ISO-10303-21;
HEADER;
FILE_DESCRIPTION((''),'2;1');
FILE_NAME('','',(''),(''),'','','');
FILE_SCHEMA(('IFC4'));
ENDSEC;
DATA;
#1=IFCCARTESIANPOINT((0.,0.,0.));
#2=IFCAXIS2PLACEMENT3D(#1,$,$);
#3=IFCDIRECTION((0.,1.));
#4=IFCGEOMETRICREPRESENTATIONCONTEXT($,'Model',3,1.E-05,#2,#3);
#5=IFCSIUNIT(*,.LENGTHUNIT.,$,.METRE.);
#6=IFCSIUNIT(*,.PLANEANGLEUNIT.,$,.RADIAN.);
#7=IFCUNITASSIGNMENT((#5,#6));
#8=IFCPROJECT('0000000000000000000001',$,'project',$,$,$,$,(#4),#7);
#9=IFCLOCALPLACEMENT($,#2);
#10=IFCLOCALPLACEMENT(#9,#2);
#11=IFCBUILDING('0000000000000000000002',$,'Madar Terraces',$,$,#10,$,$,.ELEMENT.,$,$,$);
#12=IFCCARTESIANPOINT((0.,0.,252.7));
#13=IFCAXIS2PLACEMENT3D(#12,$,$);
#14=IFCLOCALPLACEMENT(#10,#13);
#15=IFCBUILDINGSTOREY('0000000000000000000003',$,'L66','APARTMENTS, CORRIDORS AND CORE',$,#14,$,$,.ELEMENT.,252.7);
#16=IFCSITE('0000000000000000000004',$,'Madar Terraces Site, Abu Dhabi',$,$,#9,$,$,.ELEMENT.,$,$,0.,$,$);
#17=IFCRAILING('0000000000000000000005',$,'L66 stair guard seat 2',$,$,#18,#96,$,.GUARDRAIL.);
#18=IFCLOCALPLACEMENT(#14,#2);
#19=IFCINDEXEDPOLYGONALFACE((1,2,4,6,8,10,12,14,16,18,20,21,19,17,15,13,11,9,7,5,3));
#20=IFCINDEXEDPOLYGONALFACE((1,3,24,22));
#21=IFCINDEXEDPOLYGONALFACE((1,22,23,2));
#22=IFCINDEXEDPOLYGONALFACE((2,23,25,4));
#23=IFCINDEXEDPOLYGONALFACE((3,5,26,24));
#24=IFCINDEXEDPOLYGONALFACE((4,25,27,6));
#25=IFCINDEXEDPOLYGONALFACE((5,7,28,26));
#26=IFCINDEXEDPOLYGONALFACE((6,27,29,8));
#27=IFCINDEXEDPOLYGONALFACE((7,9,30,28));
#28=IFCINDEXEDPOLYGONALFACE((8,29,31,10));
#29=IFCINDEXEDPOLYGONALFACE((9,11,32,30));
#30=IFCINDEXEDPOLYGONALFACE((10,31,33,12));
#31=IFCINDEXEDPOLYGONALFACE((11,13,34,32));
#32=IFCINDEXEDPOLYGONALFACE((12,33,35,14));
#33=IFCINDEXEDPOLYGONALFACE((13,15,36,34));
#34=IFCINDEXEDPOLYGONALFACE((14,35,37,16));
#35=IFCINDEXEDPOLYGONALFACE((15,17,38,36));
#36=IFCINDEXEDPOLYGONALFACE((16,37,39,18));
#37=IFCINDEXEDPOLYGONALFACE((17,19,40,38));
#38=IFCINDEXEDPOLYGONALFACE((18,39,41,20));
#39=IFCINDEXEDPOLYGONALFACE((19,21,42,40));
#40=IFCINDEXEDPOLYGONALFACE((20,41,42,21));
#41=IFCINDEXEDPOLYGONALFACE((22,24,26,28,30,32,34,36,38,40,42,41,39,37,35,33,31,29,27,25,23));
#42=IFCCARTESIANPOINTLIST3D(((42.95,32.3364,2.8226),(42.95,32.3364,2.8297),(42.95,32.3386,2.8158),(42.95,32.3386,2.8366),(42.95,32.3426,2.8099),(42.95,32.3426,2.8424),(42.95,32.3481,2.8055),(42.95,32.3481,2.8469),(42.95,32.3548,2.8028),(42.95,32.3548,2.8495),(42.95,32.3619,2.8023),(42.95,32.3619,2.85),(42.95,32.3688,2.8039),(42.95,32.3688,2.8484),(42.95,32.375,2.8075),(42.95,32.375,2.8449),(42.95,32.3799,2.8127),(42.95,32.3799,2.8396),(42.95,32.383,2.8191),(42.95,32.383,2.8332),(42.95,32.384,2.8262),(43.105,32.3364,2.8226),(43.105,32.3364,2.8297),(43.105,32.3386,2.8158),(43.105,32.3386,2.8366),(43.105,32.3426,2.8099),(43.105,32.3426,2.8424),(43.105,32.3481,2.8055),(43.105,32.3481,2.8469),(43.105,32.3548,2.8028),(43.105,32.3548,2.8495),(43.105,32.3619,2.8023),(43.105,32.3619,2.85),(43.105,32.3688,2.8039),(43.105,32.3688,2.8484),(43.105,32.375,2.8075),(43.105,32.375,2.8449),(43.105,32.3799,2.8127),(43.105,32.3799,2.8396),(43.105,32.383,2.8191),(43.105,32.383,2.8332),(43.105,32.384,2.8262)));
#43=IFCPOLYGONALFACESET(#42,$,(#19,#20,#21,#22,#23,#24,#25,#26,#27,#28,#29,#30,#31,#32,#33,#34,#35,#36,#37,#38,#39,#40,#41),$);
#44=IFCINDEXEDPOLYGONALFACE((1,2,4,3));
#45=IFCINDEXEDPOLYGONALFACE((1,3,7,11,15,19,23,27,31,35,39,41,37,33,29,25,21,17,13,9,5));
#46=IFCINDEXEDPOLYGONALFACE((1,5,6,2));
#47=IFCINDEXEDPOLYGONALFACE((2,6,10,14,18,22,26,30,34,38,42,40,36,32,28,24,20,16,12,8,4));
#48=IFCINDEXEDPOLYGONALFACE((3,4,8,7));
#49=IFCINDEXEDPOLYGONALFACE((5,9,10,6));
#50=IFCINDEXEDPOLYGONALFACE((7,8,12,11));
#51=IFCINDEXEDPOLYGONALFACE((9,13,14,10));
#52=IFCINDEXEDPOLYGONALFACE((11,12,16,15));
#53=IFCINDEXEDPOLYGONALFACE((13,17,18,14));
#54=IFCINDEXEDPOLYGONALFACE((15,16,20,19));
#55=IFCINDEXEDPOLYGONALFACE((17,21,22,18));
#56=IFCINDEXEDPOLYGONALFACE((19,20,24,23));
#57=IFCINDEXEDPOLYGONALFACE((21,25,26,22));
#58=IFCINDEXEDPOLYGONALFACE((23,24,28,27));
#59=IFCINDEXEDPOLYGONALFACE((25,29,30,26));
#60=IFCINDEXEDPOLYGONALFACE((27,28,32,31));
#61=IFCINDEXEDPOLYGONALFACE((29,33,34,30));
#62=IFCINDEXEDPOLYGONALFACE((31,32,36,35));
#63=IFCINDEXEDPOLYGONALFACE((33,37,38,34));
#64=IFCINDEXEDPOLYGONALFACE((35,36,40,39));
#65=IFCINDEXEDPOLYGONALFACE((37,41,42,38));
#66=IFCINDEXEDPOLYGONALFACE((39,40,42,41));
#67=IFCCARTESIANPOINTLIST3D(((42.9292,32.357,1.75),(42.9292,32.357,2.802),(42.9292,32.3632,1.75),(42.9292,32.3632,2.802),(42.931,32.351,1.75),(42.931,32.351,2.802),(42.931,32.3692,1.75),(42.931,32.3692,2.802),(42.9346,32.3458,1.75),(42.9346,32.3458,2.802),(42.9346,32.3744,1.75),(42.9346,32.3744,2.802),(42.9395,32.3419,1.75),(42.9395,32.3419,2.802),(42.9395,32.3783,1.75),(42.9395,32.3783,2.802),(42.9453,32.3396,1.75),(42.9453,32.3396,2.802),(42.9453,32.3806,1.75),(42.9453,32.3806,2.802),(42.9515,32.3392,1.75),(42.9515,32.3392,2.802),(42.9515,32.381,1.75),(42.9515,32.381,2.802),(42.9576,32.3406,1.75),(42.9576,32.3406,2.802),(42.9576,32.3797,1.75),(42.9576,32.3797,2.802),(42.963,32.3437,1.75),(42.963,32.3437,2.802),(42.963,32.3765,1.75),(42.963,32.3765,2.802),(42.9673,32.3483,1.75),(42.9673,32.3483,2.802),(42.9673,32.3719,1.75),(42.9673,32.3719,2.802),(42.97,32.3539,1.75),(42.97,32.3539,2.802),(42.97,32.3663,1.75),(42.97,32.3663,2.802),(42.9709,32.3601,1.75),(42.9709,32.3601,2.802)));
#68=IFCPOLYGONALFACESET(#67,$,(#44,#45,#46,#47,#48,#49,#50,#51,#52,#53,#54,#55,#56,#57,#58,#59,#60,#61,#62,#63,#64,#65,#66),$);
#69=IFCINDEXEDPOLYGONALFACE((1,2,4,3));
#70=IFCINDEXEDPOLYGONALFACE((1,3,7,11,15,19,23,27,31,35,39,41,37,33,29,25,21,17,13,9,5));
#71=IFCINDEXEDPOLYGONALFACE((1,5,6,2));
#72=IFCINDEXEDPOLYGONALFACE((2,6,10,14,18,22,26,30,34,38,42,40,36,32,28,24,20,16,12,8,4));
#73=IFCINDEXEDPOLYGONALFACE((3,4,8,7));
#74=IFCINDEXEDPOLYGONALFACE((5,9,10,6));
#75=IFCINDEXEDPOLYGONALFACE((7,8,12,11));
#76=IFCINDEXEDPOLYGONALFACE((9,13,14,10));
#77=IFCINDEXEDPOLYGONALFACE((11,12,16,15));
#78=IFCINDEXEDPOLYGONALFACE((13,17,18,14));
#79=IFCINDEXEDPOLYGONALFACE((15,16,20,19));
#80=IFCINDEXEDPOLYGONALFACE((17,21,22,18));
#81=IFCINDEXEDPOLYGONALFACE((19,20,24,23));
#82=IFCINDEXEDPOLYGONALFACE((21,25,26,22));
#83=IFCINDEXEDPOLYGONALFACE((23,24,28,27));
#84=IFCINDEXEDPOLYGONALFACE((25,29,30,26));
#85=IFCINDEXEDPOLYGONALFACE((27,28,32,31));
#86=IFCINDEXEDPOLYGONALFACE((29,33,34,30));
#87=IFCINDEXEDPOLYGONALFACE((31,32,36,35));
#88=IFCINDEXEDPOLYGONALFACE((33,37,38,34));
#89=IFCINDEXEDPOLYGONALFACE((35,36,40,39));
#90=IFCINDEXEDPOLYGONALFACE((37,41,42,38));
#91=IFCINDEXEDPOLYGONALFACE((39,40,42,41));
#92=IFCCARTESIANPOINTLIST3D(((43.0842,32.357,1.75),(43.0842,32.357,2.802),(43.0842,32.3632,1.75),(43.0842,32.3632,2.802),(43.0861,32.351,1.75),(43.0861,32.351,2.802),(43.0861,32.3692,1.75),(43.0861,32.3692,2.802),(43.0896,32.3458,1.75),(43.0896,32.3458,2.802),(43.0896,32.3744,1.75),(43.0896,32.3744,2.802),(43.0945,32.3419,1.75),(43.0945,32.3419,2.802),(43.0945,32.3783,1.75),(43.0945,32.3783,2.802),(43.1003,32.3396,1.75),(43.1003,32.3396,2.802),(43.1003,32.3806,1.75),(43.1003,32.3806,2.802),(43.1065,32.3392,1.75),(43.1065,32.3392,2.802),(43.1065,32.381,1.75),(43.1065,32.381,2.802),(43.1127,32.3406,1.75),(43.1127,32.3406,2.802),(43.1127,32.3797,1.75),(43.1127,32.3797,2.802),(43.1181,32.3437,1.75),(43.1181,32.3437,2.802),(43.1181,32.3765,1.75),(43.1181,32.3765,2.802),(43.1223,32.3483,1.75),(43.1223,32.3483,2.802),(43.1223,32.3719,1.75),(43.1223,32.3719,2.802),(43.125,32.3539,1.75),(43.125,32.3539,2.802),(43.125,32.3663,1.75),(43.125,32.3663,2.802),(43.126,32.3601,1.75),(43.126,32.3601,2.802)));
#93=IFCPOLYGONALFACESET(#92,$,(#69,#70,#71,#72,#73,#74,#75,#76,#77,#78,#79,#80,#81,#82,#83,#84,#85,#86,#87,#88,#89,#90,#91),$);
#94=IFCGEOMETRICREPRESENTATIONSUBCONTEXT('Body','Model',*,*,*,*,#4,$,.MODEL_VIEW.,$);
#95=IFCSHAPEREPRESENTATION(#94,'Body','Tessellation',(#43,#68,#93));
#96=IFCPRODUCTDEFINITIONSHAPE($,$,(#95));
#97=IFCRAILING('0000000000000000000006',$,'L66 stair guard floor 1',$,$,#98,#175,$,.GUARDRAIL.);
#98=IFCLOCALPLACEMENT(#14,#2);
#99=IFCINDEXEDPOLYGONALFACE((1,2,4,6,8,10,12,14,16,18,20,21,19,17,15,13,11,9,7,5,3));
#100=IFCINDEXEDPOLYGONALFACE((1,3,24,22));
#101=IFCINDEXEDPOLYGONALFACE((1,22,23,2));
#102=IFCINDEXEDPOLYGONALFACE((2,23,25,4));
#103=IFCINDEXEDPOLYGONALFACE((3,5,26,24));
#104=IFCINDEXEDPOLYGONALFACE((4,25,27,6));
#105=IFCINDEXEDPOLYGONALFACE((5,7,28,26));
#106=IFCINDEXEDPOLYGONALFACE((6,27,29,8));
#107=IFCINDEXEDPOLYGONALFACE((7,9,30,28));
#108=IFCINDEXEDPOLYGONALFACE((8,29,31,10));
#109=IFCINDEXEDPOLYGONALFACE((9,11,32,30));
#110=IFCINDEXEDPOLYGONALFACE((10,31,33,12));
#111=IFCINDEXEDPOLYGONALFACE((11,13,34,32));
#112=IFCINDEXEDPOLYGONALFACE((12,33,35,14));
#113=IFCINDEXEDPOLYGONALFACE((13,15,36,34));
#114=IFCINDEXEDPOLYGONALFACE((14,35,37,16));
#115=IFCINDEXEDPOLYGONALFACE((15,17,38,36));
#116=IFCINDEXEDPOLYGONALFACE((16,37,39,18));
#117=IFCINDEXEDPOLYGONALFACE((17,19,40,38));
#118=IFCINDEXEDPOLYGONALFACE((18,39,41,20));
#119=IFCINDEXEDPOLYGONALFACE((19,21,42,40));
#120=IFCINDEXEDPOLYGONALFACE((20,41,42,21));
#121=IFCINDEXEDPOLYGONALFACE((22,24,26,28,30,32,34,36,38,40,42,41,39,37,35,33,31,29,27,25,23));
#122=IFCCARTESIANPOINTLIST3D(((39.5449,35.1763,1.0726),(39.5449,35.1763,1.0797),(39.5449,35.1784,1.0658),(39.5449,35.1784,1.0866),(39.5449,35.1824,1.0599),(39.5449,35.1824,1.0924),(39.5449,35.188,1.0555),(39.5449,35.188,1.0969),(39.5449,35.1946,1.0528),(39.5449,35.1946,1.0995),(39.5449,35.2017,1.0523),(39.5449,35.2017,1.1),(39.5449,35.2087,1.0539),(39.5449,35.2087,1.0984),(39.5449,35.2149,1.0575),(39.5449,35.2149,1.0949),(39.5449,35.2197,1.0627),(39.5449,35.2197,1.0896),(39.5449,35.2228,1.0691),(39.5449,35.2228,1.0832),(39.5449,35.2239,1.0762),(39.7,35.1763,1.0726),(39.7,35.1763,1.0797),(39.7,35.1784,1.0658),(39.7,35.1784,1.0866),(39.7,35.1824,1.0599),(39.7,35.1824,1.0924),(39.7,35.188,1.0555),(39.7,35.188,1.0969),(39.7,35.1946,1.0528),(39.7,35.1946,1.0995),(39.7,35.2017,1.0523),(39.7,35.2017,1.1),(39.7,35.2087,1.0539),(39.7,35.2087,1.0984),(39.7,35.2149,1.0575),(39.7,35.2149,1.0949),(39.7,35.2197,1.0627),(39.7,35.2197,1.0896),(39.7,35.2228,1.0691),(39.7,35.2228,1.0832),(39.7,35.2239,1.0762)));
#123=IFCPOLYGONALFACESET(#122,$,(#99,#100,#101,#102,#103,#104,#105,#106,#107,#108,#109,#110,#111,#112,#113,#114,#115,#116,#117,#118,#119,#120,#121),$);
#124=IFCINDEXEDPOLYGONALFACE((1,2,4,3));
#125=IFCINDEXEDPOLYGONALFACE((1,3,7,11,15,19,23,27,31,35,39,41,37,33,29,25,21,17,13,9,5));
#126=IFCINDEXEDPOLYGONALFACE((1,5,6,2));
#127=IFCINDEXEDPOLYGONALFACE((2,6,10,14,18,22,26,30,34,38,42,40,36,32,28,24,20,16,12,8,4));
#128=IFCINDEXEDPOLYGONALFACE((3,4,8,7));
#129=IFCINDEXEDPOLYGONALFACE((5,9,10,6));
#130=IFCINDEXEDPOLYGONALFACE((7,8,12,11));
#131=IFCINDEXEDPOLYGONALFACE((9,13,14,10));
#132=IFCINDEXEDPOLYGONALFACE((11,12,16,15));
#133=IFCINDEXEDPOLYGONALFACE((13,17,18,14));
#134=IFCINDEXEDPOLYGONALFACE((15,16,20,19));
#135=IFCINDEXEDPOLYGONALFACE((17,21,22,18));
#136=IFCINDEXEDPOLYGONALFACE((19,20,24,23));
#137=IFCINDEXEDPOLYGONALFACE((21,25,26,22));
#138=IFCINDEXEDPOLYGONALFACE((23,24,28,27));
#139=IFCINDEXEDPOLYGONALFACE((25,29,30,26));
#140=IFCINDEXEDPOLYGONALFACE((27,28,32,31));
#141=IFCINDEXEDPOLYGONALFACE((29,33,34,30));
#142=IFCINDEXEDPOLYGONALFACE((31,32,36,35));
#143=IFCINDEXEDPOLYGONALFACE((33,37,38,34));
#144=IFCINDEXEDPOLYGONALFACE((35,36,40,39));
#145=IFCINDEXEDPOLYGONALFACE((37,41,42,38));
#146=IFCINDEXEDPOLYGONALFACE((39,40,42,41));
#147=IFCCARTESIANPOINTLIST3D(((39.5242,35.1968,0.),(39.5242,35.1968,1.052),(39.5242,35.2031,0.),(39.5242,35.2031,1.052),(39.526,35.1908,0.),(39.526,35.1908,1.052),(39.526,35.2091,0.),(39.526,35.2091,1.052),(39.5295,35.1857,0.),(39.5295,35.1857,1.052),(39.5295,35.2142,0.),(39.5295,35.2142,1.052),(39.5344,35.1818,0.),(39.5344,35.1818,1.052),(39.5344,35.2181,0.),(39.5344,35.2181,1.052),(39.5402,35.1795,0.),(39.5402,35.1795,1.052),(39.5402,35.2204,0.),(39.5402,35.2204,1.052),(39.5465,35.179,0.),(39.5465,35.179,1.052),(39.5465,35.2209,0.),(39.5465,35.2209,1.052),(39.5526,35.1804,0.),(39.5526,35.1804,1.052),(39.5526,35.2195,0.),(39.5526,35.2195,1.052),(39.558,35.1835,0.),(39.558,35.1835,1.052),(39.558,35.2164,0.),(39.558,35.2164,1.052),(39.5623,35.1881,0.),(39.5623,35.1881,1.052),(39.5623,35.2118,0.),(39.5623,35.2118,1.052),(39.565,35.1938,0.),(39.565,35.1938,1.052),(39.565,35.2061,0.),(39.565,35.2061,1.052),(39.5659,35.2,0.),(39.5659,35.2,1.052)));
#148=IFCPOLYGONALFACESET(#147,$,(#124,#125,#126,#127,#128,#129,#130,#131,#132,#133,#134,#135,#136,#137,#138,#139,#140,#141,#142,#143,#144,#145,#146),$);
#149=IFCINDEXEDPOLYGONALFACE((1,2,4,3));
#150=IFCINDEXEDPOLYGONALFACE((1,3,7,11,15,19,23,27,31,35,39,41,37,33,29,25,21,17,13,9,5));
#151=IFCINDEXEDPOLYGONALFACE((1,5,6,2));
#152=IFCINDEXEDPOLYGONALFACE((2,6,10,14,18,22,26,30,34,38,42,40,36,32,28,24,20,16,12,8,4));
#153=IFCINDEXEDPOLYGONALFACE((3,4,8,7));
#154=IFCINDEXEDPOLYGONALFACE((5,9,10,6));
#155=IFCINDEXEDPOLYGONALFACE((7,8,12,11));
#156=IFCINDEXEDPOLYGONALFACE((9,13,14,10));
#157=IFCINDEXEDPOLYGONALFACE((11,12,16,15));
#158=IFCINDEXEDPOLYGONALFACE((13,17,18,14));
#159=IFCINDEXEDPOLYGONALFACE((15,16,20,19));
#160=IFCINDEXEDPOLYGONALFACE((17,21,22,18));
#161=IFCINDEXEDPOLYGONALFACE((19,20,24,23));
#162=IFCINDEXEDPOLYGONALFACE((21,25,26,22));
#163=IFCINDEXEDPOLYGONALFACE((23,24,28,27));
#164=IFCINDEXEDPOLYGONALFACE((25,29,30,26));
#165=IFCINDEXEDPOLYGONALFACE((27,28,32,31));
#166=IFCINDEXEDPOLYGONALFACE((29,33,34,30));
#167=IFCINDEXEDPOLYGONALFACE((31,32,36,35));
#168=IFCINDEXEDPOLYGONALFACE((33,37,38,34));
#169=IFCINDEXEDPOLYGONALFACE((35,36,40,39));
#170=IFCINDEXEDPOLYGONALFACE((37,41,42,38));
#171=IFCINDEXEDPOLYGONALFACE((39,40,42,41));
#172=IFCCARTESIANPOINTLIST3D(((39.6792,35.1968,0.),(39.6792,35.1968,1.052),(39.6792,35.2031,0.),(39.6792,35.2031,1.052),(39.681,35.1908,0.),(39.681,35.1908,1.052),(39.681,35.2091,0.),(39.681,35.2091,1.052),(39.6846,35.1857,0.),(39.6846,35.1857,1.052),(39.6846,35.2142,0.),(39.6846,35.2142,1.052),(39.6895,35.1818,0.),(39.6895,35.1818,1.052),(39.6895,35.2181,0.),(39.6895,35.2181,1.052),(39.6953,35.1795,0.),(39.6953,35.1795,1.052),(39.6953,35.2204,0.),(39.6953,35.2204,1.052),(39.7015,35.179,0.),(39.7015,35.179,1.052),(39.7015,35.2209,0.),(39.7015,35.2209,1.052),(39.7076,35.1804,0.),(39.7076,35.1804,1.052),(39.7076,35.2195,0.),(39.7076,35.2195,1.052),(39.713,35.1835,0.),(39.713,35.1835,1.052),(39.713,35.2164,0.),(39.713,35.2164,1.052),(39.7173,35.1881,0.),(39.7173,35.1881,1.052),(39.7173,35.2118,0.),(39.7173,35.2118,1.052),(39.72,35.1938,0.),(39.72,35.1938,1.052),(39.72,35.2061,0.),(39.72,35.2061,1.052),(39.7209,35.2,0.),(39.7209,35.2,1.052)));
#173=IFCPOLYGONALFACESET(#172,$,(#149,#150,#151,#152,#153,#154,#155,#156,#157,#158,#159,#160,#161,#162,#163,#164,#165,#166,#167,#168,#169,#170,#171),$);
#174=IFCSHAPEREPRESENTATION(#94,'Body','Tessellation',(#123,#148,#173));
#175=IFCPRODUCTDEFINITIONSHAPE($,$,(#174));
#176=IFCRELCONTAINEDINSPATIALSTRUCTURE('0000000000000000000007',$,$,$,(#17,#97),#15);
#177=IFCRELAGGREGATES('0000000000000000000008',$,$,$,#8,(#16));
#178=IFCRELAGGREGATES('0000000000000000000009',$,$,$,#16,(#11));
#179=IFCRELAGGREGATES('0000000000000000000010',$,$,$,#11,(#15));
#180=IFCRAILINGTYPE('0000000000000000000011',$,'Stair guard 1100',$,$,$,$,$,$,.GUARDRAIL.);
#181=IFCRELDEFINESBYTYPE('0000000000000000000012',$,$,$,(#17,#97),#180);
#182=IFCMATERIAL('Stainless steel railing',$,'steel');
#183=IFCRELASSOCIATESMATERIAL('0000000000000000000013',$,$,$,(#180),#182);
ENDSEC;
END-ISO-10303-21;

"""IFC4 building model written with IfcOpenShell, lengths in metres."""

from ifc_helpers import new_model, si_unit, direction, frame, origin, origin_2d, place, context, subcontext, project, spatial, circle, extrude, material, type_object, element, save


model = new_model("IFC4")

# Units and contexts
model_context = context("Model", 3, precision=1e-05, world=origin(), true_north=direction((0.0, 1.0)))
body_context = subcontext(model_context, "Body", "Model", "MODEL_VIEW")
ifc_project = project(units=[si_unit("LENGTHUNIT", "METRE"), si_unit("PLANEANGLEUNIT", "RADIAN")], contexts=[model_context])

# Site, building, storey
site_placement = place(None, origin())
site = spatial("IfcSite", under=ifc_project, at=site_placement, Name="Madar Terraces Site, Abu Dhabi", CompositionType="ELEMENT", RefElevation=0.0)
building_placement = place(site_placement, origin())
building = spatial("IfcBuilding", under=site, at=building_placement, Name="Madar Terraces", CompositionType="ELEMENT")
storey_placement = place(building_placement, frame((0.0, 0.0, 252.7)))
storey = spatial("IfcBuildingStorey", under=building, at=storey_placement, Name="L66", Description="APARTMENTS, CORRIDORS AND CORE", CompositionType="ELEMENT", Elevation=252.7)

# Railings
ifc_material_1 = material(Name="Stainless steel railing", Category="steel")
railing_type_1 = type_object("IfcRailingType", Name="Stair guard 1100", PredefinedType="GUARDRAIL", material=ifc_material_1)
for number, where, name in (
    (1, (42.95, 32.3601, 1.75), "L66 stair guard seat 2"),
    (2, (39.5449, 35.2, 0.0), "L66 stair guard floor 1"),
):
    element("IfcRailing", number, at=place(storey_placement, frame(where)), inside=storey, type_object=railing_type_1, Name=name, PredefinedType="GUARDRAIL", context=body_context, shape_type="SweptSolid", body=[
        extrude(circle(Radius=0.0239, at=origin_2d()), frame((0.0, 0.0, 1.0762), z_axis=(1.0, 0.0, 0.0), x_axis=(0.0, 1.0, 0.0)), (0.0, 0.0, 1.0), 0.155),
        extrude(circle(Radius=0.021, at=origin_2d()), origin(), (0.0, 0.0, 1.0), 1.052),
        extrude(circle(Radius=0.021, at=origin_2d()), frame((0.155, 0.0, 0.0)), (0.0, 0.0, 1.0), 1.052),
    ])

save(model, "model.ifc")
